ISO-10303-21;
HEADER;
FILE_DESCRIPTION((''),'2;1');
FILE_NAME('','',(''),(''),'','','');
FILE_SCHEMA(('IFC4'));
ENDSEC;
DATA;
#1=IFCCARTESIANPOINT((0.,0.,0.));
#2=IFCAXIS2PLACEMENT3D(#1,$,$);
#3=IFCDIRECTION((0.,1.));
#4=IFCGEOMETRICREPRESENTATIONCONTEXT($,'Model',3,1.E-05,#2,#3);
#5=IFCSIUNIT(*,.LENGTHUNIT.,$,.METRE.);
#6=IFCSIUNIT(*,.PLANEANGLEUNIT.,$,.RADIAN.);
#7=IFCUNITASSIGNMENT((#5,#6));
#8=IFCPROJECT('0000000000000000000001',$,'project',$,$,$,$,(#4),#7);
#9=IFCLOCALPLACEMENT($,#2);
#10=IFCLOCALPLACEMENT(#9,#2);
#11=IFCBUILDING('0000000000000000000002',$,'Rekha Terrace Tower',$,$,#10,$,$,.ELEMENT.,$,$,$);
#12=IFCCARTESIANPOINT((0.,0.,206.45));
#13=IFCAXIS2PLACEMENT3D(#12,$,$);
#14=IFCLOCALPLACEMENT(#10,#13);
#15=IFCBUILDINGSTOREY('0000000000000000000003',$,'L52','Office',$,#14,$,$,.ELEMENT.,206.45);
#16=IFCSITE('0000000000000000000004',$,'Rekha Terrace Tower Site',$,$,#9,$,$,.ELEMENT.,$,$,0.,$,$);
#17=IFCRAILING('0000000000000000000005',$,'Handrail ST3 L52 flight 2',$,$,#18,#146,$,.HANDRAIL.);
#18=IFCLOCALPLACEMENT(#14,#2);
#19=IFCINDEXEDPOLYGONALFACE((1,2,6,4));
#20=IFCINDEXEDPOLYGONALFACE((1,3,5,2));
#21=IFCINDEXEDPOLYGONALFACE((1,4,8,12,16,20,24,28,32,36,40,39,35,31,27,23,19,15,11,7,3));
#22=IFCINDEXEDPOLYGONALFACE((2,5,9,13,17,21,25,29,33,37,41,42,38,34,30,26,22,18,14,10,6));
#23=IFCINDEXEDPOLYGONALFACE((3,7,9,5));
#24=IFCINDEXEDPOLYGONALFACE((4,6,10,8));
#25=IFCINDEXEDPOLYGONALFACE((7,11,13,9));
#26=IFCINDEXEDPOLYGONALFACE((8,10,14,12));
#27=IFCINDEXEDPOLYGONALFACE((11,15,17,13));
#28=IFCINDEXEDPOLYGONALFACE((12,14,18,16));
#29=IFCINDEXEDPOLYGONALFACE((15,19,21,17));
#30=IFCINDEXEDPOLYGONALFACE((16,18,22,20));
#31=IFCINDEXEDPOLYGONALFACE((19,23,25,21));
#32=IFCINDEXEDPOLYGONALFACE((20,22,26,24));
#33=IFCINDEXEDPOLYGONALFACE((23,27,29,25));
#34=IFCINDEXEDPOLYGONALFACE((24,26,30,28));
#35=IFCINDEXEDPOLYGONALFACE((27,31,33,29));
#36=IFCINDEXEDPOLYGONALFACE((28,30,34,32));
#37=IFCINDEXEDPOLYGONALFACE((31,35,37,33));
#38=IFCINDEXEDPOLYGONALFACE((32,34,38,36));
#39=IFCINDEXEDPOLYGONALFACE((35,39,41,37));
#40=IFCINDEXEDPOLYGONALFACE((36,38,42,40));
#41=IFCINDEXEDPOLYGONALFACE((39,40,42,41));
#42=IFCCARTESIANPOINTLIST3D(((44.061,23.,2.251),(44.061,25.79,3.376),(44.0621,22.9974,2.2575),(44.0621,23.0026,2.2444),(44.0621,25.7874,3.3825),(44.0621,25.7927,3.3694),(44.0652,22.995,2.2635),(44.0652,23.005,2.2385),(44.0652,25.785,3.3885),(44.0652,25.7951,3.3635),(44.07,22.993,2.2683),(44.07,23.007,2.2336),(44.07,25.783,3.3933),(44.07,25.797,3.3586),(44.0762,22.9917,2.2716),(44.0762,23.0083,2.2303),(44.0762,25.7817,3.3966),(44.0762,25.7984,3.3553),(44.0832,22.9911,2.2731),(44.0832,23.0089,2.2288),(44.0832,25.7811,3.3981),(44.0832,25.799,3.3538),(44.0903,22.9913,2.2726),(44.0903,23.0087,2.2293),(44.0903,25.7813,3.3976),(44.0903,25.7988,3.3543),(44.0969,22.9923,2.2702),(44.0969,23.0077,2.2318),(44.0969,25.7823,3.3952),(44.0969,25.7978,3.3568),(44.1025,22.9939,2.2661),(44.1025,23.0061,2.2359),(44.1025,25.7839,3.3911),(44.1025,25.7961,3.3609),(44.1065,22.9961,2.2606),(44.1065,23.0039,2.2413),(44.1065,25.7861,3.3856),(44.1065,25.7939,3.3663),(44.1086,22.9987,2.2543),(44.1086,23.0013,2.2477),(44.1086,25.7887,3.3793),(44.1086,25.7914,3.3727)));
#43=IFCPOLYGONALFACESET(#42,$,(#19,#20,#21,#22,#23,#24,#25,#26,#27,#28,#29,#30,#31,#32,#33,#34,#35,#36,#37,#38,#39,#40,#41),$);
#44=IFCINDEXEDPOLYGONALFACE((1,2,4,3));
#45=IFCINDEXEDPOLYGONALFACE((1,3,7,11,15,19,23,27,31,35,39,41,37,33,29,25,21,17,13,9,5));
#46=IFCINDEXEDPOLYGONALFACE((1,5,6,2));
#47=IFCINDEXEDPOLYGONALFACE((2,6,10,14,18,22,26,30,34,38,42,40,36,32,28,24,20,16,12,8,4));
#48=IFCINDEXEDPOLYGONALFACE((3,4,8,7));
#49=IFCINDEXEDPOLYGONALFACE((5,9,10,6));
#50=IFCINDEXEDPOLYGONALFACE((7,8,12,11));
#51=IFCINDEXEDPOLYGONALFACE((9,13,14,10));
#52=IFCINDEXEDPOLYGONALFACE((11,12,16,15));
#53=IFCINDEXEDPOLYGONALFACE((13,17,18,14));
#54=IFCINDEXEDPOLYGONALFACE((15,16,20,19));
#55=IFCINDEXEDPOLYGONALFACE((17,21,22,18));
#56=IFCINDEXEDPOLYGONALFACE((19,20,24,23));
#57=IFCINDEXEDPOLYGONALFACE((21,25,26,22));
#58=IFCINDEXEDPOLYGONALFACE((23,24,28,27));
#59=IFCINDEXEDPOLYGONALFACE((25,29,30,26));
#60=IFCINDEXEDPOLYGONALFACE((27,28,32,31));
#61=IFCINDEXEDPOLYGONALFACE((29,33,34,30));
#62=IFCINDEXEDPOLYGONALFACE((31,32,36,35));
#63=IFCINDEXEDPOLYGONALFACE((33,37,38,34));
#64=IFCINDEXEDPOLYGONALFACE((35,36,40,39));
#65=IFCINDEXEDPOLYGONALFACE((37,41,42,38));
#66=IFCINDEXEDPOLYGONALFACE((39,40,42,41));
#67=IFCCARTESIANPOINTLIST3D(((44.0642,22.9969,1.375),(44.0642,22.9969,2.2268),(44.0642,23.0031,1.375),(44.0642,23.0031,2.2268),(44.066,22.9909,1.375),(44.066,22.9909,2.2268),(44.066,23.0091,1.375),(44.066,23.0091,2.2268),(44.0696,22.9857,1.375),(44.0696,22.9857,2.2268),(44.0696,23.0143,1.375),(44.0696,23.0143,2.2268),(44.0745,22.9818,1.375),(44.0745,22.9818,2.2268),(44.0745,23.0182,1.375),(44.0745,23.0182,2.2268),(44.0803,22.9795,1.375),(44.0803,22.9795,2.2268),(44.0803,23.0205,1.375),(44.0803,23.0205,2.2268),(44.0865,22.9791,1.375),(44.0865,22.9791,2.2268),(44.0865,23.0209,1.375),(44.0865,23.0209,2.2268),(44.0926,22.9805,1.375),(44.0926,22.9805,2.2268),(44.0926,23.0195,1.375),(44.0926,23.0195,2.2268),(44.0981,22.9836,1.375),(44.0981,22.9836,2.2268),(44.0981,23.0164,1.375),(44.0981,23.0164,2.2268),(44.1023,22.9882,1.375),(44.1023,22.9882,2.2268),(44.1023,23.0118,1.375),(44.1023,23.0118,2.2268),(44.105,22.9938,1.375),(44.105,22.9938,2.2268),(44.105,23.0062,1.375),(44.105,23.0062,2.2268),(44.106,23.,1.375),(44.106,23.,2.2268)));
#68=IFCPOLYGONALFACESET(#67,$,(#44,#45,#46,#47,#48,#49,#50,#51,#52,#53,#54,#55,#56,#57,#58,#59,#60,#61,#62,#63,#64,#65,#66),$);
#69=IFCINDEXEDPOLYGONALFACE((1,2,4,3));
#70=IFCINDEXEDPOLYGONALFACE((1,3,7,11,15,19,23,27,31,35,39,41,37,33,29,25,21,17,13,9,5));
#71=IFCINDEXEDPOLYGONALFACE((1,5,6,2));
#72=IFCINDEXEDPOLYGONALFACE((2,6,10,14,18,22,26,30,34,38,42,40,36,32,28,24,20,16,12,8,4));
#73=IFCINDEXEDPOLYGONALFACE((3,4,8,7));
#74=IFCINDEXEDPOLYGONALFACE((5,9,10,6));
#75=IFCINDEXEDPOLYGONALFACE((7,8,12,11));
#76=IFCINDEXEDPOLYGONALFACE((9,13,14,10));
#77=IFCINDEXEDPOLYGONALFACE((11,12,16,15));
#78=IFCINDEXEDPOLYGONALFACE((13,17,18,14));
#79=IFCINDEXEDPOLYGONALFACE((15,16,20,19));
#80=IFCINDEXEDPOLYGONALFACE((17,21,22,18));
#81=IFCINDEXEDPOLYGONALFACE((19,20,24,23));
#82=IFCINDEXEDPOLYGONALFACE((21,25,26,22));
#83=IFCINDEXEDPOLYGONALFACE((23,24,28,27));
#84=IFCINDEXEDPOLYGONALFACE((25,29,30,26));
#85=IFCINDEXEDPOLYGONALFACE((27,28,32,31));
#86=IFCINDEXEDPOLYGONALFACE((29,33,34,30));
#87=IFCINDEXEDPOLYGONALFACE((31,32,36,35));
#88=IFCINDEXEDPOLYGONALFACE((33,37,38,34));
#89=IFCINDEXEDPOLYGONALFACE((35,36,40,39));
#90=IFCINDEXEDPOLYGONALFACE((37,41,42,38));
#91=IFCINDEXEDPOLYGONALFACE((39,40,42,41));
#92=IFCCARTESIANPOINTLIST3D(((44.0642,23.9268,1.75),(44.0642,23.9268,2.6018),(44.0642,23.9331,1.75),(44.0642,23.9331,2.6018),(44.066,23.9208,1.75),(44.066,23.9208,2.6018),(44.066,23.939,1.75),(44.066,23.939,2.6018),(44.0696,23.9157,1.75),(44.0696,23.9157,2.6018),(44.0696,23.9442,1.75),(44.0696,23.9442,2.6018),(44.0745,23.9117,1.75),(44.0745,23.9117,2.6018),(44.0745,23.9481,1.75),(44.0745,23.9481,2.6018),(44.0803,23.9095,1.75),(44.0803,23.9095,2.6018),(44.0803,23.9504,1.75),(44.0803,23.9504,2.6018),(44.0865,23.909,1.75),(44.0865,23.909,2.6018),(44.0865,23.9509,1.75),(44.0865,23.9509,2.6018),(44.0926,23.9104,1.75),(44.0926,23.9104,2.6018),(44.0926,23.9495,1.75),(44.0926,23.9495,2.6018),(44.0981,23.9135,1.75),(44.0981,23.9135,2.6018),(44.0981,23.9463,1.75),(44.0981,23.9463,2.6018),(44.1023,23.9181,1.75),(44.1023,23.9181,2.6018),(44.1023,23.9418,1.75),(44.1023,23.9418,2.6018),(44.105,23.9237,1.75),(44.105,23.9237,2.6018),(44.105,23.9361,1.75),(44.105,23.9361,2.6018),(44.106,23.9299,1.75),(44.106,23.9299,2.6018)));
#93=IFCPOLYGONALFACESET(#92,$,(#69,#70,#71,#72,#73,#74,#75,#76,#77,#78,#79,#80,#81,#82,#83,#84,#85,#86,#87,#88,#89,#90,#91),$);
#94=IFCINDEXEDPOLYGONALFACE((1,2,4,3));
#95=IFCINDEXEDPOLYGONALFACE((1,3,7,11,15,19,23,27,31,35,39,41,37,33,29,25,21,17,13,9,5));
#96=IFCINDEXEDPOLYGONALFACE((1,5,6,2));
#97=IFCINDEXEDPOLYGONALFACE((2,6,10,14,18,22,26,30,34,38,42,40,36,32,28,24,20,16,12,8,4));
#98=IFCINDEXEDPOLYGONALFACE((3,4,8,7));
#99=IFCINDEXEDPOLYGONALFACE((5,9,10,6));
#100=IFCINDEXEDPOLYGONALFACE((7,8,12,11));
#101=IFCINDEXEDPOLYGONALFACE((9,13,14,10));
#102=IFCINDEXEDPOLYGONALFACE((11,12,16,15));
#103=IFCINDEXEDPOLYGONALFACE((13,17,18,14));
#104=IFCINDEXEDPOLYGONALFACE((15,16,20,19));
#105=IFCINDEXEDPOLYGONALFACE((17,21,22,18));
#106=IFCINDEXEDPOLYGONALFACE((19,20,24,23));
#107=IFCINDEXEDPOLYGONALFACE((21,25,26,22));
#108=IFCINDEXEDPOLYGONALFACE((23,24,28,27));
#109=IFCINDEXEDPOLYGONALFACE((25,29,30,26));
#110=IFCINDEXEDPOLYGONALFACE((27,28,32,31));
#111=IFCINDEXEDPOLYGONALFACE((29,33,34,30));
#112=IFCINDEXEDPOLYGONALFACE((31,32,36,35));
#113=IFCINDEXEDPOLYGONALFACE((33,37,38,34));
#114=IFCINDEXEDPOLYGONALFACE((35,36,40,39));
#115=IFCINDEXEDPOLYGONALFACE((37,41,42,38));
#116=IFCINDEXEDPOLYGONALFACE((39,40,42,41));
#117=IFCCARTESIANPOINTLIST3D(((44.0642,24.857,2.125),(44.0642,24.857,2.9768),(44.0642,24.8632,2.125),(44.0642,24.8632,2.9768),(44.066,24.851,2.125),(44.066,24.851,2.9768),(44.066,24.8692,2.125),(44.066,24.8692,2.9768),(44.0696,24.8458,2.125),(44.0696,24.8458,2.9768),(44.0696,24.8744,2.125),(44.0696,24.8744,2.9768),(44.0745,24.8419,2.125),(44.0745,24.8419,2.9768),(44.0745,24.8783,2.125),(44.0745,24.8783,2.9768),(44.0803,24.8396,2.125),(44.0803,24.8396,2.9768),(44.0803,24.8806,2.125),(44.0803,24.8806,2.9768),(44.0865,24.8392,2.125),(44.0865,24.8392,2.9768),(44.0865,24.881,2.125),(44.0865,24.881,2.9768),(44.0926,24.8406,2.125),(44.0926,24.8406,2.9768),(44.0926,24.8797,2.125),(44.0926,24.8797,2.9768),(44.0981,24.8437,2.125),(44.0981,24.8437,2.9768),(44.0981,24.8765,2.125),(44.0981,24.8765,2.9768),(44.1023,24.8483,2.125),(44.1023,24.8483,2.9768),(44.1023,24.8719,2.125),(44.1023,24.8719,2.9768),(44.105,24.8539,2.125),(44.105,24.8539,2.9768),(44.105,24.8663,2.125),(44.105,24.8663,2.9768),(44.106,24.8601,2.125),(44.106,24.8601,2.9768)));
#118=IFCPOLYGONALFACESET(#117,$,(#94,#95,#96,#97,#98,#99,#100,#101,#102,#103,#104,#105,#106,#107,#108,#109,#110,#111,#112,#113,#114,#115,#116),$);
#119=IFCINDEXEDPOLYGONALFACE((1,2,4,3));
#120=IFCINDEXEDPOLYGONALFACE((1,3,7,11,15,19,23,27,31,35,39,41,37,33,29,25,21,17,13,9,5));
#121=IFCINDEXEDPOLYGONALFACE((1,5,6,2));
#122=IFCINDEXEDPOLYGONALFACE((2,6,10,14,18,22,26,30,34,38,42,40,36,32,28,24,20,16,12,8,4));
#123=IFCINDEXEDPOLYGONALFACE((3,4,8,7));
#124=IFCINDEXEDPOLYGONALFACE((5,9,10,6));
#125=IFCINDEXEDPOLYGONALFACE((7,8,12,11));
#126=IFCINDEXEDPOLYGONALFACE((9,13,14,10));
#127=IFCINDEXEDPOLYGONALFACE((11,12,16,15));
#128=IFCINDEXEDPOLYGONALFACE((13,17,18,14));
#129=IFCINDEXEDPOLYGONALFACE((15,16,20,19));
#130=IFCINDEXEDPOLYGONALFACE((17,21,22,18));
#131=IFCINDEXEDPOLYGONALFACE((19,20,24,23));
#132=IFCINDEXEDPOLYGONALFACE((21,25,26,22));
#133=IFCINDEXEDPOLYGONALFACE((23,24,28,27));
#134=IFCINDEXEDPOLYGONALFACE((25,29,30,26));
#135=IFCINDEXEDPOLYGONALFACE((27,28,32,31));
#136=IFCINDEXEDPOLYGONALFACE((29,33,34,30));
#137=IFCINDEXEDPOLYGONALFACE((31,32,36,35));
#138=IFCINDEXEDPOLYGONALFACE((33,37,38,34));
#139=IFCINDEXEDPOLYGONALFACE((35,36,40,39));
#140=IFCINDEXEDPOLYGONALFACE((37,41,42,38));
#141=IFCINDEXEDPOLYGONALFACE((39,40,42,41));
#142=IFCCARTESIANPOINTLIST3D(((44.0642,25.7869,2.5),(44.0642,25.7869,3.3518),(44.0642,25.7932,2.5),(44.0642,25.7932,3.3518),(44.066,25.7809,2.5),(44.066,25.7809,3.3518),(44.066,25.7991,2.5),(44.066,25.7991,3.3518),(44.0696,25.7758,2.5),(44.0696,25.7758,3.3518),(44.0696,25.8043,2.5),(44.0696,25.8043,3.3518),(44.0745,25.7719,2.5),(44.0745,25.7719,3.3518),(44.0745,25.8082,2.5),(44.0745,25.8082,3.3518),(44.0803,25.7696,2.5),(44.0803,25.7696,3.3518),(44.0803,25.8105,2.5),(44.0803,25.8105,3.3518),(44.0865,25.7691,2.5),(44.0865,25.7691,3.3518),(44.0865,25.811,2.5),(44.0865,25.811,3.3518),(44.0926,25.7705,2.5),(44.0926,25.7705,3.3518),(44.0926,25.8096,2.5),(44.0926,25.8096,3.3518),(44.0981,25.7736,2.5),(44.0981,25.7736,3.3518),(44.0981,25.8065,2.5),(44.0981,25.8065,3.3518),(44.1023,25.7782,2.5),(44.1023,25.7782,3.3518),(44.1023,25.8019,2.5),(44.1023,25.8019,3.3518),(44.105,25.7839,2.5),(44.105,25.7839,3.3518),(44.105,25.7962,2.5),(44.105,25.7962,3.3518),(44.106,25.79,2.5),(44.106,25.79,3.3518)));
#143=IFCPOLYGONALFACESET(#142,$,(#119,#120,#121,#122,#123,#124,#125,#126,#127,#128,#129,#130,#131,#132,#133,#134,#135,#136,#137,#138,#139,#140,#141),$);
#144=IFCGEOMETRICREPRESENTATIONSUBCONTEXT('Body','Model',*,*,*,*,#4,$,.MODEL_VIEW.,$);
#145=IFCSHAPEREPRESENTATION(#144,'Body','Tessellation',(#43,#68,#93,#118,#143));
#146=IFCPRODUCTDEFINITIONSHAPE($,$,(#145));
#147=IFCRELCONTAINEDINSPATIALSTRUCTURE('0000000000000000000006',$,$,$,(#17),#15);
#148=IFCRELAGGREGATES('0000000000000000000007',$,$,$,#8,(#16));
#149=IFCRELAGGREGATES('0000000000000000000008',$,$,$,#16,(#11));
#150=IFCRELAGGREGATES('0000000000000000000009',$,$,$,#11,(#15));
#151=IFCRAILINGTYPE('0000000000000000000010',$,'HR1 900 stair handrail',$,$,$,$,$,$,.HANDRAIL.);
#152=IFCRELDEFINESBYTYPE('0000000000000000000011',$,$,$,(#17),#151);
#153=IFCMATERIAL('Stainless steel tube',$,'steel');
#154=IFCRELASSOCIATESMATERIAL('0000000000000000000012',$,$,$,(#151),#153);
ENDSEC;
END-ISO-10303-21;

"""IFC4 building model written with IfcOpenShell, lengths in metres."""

from ifc_helpers import new_model, si_unit, direction, frame, origin, origin_2d, place, context, subcontext, project, spatial, circle, extrude, material, type_object, element, save


model = new_model("IFC4")

# Units and contexts
model_context = context("Model", 3, precision=1e-05, world=origin(), true_north=direction((0.0, 1.0)))
body_context = subcontext(model_context, "Body", "Model", "MODEL_VIEW")
ifc_project = project(units=[si_unit("LENGTHUNIT", "METRE"), si_unit("PLANEANGLEUNIT", "RADIAN")], contexts=[model_context])

# Site, building, storey
site_placement = place(None, origin())
site = spatial("IfcSite", under=ifc_project, at=site_placement, Name="Rekha Terrace Tower Site", CompositionType="ELEMENT", RefElevation=0.0)
building_placement = place(site_placement, origin())
building = spatial("IfcBuilding", under=site, at=building_placement, Name="Rekha Terrace Tower", CompositionType="ELEMENT")
storey_placement = place(building_placement, frame((0.0, 0.0, 206.45)))
storey = spatial("IfcBuildingStorey", under=building, at=storey_placement, Name="L52", Description="Office", CompositionType="ELEMENT", Elevation=206.45)

# Railing
ifc_material_1 = material(Name="Stainless steel tube", Category="steel")
railing_type = type_object("IfcRailingType", Name="HR1 900 stair handrail", PredefinedType="HANDRAIL", material=ifc_material_1)
railing_placement = place(storey_placement, frame((44.085, 23.0, 1.375)))
element("IfcRailing", 1, at=railing_placement, inside=storey, type_object=railing_type, Name="Handrail ST3 L52 flight 2", PredefinedType="HANDRAIL", context=body_context, shape_type="SweptSolid", body=[
    extrude(circle(Radius=0.0239, at=origin_2d()), frame((0.0, 0.0, 0.876), z_axis=(0.0, 0.927443, 0.373964), x_axis=(-1.0, 0.0, 0.0)), (0.0, 0.0, 1.0), 3.0083),
    extrude(circle(Radius=0.021, at=origin_2d()), origin(), (0.0, 0.0, 1.0), 0.8518),
    extrude(circle(Radius=0.021, at=origin_2d()), frame((0.0, 0.9299, 0.375)), (0.0, 0.0, 1.0), 0.8518),
    extrude(circle(Radius=0.021, at=origin_2d()), frame((0.0, 1.8601, 0.75)), (0.0, 0.0, 1.0), 0.8518),
    extrude(circle(Radius=0.021, at=origin_2d()), frame((0.0, 2.79, 1.125)), (0.0, 0.0, 1.0), 0.8518),
])

save(model, "model.ifc")
